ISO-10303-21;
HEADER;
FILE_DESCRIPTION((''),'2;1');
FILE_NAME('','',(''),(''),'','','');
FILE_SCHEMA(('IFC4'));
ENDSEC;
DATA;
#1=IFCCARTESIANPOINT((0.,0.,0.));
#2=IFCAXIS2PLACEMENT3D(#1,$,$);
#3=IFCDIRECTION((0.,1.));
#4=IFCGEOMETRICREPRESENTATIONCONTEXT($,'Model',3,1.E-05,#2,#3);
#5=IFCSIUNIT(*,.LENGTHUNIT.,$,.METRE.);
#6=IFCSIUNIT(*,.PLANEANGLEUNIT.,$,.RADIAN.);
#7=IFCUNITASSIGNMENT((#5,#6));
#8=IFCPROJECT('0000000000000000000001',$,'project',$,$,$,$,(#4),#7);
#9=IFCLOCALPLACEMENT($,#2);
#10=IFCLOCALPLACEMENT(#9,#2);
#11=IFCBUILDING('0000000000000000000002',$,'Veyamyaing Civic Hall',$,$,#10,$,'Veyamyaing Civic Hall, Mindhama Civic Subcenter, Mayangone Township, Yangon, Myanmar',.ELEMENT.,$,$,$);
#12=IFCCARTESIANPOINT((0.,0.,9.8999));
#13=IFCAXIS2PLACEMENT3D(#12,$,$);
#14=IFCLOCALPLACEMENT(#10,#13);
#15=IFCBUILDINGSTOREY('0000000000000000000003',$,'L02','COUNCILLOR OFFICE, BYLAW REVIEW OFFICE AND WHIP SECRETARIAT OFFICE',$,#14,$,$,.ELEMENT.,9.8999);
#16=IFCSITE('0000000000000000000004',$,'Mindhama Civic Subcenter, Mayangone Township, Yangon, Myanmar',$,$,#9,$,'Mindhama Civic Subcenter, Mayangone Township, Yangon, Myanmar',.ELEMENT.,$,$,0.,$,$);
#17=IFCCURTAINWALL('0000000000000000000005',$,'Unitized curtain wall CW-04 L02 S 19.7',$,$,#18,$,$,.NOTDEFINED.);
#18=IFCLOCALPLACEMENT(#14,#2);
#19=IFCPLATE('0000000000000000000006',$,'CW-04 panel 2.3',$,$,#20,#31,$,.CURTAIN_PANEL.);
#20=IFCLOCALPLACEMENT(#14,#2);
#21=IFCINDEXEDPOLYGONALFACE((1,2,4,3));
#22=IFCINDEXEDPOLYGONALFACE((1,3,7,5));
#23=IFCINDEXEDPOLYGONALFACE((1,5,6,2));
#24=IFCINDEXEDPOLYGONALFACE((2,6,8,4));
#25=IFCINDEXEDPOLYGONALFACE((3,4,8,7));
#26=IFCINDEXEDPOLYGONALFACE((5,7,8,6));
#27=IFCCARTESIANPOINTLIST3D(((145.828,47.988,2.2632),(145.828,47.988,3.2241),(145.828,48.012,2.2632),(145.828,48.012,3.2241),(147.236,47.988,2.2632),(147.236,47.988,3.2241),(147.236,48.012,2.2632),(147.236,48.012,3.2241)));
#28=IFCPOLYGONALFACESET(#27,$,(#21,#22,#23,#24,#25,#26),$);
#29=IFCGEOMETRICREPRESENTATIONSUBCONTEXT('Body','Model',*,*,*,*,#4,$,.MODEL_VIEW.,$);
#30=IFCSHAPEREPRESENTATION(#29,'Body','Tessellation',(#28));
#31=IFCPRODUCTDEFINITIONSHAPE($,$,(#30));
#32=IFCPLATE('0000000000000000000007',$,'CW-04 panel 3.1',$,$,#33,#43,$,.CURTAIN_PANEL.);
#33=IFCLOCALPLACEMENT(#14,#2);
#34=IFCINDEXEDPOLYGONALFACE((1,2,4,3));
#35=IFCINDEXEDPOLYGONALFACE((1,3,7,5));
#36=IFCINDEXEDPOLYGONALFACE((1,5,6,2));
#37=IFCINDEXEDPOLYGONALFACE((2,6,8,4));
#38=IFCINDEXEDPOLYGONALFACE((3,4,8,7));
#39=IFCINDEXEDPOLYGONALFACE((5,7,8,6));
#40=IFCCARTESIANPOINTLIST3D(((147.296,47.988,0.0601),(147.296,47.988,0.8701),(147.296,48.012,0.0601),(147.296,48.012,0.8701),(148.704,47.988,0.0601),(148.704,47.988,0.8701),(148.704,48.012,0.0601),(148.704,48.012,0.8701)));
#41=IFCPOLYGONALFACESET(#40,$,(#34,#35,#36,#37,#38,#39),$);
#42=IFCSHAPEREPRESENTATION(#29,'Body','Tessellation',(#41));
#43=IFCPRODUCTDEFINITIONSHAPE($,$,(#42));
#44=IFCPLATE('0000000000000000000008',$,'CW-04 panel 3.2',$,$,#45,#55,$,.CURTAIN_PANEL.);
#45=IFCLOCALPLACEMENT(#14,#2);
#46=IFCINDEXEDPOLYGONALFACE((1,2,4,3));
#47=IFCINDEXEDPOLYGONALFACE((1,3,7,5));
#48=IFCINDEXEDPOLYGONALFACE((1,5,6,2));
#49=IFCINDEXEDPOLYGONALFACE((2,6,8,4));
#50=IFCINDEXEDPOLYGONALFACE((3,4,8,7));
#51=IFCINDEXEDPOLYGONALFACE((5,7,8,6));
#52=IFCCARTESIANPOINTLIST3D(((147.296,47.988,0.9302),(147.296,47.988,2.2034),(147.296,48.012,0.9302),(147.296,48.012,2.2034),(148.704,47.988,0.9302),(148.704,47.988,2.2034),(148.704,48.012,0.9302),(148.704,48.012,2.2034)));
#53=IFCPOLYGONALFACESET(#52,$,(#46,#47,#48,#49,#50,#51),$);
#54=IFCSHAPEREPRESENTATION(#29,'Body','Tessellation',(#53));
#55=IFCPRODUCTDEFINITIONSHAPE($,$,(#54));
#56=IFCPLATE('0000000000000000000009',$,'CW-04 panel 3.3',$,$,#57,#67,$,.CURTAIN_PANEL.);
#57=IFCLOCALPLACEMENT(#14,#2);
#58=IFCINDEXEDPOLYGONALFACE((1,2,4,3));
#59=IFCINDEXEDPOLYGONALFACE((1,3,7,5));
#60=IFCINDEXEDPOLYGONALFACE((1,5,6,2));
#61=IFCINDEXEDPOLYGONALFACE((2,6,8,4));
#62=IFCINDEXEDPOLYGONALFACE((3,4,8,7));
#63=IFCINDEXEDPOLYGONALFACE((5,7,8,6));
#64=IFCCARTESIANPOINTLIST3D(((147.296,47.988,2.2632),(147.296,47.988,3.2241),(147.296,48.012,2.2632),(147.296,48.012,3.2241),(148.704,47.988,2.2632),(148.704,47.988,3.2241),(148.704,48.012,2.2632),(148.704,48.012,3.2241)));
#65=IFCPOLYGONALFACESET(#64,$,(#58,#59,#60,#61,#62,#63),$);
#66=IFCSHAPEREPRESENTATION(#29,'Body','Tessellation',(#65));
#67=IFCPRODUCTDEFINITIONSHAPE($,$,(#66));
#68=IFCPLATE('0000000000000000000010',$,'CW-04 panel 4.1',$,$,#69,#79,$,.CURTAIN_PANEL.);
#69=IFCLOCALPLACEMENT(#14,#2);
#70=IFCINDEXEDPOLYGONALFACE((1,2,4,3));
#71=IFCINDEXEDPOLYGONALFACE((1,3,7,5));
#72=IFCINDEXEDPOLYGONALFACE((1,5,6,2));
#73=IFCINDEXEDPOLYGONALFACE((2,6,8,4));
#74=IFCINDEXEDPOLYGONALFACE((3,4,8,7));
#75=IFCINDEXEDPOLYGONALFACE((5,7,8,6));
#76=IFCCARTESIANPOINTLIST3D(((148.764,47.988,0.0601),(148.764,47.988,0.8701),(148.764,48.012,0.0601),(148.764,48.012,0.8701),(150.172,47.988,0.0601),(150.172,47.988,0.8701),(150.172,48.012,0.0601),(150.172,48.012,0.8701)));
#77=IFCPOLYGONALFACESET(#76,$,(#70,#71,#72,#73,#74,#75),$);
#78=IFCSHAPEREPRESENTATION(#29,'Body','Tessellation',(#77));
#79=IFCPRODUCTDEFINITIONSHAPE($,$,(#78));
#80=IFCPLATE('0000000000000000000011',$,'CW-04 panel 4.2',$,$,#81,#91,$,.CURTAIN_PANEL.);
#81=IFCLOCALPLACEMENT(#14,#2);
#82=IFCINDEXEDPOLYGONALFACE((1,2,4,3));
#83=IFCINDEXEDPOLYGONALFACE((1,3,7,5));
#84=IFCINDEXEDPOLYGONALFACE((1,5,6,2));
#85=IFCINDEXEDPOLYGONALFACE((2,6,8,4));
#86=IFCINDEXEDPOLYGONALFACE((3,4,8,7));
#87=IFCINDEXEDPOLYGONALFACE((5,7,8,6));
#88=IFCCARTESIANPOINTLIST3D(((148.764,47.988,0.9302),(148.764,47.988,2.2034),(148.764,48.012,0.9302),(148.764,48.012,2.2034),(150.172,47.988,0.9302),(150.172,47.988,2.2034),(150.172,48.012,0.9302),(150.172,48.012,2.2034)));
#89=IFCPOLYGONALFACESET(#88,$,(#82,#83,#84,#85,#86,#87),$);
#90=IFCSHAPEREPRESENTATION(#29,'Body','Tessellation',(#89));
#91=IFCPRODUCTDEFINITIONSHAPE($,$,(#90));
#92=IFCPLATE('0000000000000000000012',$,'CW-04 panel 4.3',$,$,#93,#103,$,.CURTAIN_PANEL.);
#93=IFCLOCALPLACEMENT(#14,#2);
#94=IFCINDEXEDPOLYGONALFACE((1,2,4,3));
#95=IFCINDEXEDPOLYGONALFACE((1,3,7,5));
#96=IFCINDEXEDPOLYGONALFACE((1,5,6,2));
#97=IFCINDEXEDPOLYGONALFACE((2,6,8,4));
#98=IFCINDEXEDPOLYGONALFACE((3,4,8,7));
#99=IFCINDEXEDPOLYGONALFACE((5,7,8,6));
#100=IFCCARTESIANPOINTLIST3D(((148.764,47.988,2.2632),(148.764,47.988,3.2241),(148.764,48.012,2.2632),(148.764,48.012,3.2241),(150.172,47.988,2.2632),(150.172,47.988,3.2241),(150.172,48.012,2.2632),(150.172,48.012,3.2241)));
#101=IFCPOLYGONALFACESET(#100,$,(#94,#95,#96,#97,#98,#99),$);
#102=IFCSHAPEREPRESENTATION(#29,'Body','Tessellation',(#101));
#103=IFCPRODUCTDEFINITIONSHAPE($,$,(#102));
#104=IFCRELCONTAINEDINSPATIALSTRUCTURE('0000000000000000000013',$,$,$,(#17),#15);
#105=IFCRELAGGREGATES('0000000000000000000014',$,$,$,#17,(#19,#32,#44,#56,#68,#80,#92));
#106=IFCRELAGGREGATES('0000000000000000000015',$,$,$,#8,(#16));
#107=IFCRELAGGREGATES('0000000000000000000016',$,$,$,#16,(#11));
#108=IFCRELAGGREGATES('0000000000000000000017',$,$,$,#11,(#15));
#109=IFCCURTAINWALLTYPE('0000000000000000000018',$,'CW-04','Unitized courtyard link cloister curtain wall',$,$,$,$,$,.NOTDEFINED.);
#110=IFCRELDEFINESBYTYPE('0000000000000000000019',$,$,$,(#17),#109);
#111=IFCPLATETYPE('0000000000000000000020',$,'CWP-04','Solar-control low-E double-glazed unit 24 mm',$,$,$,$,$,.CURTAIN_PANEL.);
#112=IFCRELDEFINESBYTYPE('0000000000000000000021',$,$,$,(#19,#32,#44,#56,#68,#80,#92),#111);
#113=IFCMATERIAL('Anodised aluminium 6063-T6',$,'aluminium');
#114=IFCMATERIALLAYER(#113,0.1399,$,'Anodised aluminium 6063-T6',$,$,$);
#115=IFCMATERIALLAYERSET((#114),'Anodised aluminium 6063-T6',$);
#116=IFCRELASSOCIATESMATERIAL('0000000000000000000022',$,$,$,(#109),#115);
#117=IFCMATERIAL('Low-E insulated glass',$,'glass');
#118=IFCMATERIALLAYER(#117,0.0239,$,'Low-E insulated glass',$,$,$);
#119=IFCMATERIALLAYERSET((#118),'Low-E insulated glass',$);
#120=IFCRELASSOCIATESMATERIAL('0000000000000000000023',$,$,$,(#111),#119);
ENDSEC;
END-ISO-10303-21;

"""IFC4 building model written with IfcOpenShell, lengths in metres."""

from ifc_helpers import new_model, si_unit, direction, frame, origin, origin_2d, place, context, subcontext, project, spatial, rectangle, extrude, material, layer, layer_set, type_object, element, aggregate, save


model = new_model("IFC4")

# Units and contexts
model_context = context("Model", 3, precision=1e-05, world=origin(), true_north=direction((0.0, 1.0)))
body_context = subcontext(model_context, "Body", "Model", "MODEL_VIEW")
ifc_project = project(units=[si_unit("LENGTHUNIT", "METRE"), si_unit("PLANEANGLEUNIT", "RADIAN")], contexts=[model_context])

# Site, building, storey
site_placement = place(None, origin())
site = spatial("IfcSite", under=ifc_project, at=site_placement, Name="Mindhama Civic Subcenter, Mayangone Township, Yangon, Myanmar", LongName="Mindhama Civic Subcenter, Mayangone Township, Yangon, Myanmar", CompositionType="ELEMENT", RefElevation=0.0)
building_placement = place(site_placement, origin())
building = spatial("IfcBuilding", under=site, at=building_placement, Name="Veyamyaing Civic Hall", LongName="Veyamyaing Civic Hall, Mindhama Civic Subcenter, Mayangone Township, Yangon, Myanmar", CompositionType="ELEMENT")
storey_placement = place(building_placement, frame((0.0, 0.0, 9.8999)))
storey = spatial("IfcBuildingStorey", under=building, at=storey_placement, Name="L02", Description="COUNCILLOR OFFICE, BYLAW REVIEW OFFICE AND WHIP SECRETARIAT OFFICE", CompositionType="ELEMENT", Elevation=9.8999)

# Curtain wall, plates
ifc_material_1 = material(Name="Anodised aluminium 6063-T6", Category="aluminium")
ifc_layer_1 = layer(ifc_material_1, 0.1399, Name="Anodised aluminium 6063-T6")
ifc_layer_set_1 = layer_set([ifc_layer_1], Name="Anodised aluminium 6063-T6")
curtain_wall_type = type_object("IfcCurtainWallType", Name="CW-04", Description="Unitized courtyard link cloister curtain wall", PredefinedType="NOTDEFINED", material=ifc_layer_set_1)
curtain_wall_placement = place(storey_placement, origin())
curtain_wall = element("IfcCurtainWall", 1, at=curtain_wall_placement, inside=storey, type_object=curtain_wall_type, Name="Unitized curtain wall CW-04 L02 S 19.7", PredefinedType="NOTDEFINED")
ifc_material_2 = material(Name="Low-E insulated glass", Category="glass")
ifc_layer_2 = layer(ifc_material_2, 0.0239, Name="Low-E insulated glass")
ifc_layer_set_2 = layer_set([ifc_layer_2], Name="Low-E insulated glass")
plate_type = type_object("IfcPlateType", Name="CWP-04", Description="Solar-control low-E double-glazed unit 24 mm", PredefinedType="CURTAIN_PANEL", material=ifc_layer_set_2)
plate_1_placement = place(storey_placement, frame((146.532, 48.0, 2.2632), z_axis=(0.0, 0.0, 1.0), x_axis=(1.0, 0.0, 0.0)))
plate_1 = element("IfcPlate", 2, at=plate_1_placement, type_object=plate_type, Name="CW-04 panel 2.3", PredefinedType="CURTAIN_PANEL", context=body_context, shape_type="SweptSolid", body=[
    extrude(rectangle(XDim=1.408, YDim=0.0239, at=origin_2d()), origin(), (0.0, 0.0, 1.0), 0.9609),
])
plate_2_placement = place(storey_placement, frame((148.0, 48.0, 0.0601), z_axis=(0.0, 0.0, 1.0), x_axis=(1.0, 0.0, 0.0)))
plate_2 = element("IfcPlate", 3, at=plate_2_placement, type_object=plate_type, Name="CW-04 panel 3.1", PredefinedType="CURTAIN_PANEL", context=body_context, shape_type="SweptSolid", body=[
    extrude(rectangle(XDim=1.408, YDim=0.0239, at=origin_2d()), origin(), (0.0, 0.0, 1.0), 0.8101),
])
plate_3_placement = place(storey_placement, frame((148.0, 48.0, 0.9302), z_axis=(0.0, 0.0, 1.0), x_axis=(1.0, 0.0, 0.0)))
plate_3 = element("IfcPlate", 4, at=plate_3_placement, type_object=plate_type, Name="CW-04 panel 3.2", PredefinedType="CURTAIN_PANEL", context=body_context, shape_type="SweptSolid", body=[
    extrude(rectangle(XDim=1.408, YDim=0.0239, at=origin_2d()), origin(), (0.0, 0.0, 1.0), 1.2732),
])
plate_4_placement = place(storey_placement, frame((148.0, 48.0, 2.2632), z_axis=(0.0, 0.0, 1.0), x_axis=(1.0, 0.0, 0.0)))
plate_4 = element("IfcPlate", 5, at=plate_4_placement, type_object=plate_type, Name="CW-04 panel 3.3", PredefinedType="CURTAIN_PANEL", context=body_context, shape_type="SweptSolid", body=[
    extrude(rectangle(XDim=1.408, YDim=0.0239, at=origin_2d()), origin(), (0.0, 0.0, 1.0), 0.9609),
])
plate_5_placement = place(storey_placement, frame((149.468, 48.0, 0.0601), z_axis=(0.0, 0.0, 1.0), x_axis=(1.0, 0.0, 0.0)))
plate_5 = element("IfcPlate", 6, at=plate_5_placement, type_object=plate_type, Name="CW-04 panel 4.1", PredefinedType="CURTAIN_PANEL", context=body_context, shape_type="SweptSolid", body=[
    extrude(rectangle(XDim=1.408, YDim=0.0239, at=origin_2d()), origin(), (0.0, 0.0, 1.0), 0.8101),
])
plate_6_placement = place(storey_placement, frame((149.468, 48.0, 0.9302), z_axis=(0.0, 0.0, 1.0), x_axis=(1.0, 0.0, 0.0)))
plate_6 = element("IfcPlate", 7, at=plate_6_placement, type_object=plate_type, Name="CW-04 panel 4.2", PredefinedType="CURTAIN_PANEL", context=body_context, shape_type="SweptSolid", body=[
    extrude(rectangle(XDim=1.408, YDim=0.0239, at=origin_2d()), origin(), (0.0, 0.0, 1.0), 1.2732),
])
plate_7_placement = place(storey_placement, frame((149.468, 48.0, 2.2632), z_axis=(0.0, 0.0, 1.0), x_axis=(1.0, 0.0, 0.0)))
plate_7 = element("IfcPlate", 8, at=plate_7_placement, type_object=plate_type, Name="CW-04 panel 4.3", PredefinedType="CURTAIN_PANEL", context=body_context, shape_type="SweptSolid", body=[
    extrude(rectangle(XDim=1.408, YDim=0.0239, at=origin_2d()), origin(), (0.0, 0.0, 1.0), 0.9609),
])
aggregate(curtain_wall, [plate_1, plate_2, plate_3, plate_4, plate_5, plate_6, plate_7])

save(model, "model.ifc")
